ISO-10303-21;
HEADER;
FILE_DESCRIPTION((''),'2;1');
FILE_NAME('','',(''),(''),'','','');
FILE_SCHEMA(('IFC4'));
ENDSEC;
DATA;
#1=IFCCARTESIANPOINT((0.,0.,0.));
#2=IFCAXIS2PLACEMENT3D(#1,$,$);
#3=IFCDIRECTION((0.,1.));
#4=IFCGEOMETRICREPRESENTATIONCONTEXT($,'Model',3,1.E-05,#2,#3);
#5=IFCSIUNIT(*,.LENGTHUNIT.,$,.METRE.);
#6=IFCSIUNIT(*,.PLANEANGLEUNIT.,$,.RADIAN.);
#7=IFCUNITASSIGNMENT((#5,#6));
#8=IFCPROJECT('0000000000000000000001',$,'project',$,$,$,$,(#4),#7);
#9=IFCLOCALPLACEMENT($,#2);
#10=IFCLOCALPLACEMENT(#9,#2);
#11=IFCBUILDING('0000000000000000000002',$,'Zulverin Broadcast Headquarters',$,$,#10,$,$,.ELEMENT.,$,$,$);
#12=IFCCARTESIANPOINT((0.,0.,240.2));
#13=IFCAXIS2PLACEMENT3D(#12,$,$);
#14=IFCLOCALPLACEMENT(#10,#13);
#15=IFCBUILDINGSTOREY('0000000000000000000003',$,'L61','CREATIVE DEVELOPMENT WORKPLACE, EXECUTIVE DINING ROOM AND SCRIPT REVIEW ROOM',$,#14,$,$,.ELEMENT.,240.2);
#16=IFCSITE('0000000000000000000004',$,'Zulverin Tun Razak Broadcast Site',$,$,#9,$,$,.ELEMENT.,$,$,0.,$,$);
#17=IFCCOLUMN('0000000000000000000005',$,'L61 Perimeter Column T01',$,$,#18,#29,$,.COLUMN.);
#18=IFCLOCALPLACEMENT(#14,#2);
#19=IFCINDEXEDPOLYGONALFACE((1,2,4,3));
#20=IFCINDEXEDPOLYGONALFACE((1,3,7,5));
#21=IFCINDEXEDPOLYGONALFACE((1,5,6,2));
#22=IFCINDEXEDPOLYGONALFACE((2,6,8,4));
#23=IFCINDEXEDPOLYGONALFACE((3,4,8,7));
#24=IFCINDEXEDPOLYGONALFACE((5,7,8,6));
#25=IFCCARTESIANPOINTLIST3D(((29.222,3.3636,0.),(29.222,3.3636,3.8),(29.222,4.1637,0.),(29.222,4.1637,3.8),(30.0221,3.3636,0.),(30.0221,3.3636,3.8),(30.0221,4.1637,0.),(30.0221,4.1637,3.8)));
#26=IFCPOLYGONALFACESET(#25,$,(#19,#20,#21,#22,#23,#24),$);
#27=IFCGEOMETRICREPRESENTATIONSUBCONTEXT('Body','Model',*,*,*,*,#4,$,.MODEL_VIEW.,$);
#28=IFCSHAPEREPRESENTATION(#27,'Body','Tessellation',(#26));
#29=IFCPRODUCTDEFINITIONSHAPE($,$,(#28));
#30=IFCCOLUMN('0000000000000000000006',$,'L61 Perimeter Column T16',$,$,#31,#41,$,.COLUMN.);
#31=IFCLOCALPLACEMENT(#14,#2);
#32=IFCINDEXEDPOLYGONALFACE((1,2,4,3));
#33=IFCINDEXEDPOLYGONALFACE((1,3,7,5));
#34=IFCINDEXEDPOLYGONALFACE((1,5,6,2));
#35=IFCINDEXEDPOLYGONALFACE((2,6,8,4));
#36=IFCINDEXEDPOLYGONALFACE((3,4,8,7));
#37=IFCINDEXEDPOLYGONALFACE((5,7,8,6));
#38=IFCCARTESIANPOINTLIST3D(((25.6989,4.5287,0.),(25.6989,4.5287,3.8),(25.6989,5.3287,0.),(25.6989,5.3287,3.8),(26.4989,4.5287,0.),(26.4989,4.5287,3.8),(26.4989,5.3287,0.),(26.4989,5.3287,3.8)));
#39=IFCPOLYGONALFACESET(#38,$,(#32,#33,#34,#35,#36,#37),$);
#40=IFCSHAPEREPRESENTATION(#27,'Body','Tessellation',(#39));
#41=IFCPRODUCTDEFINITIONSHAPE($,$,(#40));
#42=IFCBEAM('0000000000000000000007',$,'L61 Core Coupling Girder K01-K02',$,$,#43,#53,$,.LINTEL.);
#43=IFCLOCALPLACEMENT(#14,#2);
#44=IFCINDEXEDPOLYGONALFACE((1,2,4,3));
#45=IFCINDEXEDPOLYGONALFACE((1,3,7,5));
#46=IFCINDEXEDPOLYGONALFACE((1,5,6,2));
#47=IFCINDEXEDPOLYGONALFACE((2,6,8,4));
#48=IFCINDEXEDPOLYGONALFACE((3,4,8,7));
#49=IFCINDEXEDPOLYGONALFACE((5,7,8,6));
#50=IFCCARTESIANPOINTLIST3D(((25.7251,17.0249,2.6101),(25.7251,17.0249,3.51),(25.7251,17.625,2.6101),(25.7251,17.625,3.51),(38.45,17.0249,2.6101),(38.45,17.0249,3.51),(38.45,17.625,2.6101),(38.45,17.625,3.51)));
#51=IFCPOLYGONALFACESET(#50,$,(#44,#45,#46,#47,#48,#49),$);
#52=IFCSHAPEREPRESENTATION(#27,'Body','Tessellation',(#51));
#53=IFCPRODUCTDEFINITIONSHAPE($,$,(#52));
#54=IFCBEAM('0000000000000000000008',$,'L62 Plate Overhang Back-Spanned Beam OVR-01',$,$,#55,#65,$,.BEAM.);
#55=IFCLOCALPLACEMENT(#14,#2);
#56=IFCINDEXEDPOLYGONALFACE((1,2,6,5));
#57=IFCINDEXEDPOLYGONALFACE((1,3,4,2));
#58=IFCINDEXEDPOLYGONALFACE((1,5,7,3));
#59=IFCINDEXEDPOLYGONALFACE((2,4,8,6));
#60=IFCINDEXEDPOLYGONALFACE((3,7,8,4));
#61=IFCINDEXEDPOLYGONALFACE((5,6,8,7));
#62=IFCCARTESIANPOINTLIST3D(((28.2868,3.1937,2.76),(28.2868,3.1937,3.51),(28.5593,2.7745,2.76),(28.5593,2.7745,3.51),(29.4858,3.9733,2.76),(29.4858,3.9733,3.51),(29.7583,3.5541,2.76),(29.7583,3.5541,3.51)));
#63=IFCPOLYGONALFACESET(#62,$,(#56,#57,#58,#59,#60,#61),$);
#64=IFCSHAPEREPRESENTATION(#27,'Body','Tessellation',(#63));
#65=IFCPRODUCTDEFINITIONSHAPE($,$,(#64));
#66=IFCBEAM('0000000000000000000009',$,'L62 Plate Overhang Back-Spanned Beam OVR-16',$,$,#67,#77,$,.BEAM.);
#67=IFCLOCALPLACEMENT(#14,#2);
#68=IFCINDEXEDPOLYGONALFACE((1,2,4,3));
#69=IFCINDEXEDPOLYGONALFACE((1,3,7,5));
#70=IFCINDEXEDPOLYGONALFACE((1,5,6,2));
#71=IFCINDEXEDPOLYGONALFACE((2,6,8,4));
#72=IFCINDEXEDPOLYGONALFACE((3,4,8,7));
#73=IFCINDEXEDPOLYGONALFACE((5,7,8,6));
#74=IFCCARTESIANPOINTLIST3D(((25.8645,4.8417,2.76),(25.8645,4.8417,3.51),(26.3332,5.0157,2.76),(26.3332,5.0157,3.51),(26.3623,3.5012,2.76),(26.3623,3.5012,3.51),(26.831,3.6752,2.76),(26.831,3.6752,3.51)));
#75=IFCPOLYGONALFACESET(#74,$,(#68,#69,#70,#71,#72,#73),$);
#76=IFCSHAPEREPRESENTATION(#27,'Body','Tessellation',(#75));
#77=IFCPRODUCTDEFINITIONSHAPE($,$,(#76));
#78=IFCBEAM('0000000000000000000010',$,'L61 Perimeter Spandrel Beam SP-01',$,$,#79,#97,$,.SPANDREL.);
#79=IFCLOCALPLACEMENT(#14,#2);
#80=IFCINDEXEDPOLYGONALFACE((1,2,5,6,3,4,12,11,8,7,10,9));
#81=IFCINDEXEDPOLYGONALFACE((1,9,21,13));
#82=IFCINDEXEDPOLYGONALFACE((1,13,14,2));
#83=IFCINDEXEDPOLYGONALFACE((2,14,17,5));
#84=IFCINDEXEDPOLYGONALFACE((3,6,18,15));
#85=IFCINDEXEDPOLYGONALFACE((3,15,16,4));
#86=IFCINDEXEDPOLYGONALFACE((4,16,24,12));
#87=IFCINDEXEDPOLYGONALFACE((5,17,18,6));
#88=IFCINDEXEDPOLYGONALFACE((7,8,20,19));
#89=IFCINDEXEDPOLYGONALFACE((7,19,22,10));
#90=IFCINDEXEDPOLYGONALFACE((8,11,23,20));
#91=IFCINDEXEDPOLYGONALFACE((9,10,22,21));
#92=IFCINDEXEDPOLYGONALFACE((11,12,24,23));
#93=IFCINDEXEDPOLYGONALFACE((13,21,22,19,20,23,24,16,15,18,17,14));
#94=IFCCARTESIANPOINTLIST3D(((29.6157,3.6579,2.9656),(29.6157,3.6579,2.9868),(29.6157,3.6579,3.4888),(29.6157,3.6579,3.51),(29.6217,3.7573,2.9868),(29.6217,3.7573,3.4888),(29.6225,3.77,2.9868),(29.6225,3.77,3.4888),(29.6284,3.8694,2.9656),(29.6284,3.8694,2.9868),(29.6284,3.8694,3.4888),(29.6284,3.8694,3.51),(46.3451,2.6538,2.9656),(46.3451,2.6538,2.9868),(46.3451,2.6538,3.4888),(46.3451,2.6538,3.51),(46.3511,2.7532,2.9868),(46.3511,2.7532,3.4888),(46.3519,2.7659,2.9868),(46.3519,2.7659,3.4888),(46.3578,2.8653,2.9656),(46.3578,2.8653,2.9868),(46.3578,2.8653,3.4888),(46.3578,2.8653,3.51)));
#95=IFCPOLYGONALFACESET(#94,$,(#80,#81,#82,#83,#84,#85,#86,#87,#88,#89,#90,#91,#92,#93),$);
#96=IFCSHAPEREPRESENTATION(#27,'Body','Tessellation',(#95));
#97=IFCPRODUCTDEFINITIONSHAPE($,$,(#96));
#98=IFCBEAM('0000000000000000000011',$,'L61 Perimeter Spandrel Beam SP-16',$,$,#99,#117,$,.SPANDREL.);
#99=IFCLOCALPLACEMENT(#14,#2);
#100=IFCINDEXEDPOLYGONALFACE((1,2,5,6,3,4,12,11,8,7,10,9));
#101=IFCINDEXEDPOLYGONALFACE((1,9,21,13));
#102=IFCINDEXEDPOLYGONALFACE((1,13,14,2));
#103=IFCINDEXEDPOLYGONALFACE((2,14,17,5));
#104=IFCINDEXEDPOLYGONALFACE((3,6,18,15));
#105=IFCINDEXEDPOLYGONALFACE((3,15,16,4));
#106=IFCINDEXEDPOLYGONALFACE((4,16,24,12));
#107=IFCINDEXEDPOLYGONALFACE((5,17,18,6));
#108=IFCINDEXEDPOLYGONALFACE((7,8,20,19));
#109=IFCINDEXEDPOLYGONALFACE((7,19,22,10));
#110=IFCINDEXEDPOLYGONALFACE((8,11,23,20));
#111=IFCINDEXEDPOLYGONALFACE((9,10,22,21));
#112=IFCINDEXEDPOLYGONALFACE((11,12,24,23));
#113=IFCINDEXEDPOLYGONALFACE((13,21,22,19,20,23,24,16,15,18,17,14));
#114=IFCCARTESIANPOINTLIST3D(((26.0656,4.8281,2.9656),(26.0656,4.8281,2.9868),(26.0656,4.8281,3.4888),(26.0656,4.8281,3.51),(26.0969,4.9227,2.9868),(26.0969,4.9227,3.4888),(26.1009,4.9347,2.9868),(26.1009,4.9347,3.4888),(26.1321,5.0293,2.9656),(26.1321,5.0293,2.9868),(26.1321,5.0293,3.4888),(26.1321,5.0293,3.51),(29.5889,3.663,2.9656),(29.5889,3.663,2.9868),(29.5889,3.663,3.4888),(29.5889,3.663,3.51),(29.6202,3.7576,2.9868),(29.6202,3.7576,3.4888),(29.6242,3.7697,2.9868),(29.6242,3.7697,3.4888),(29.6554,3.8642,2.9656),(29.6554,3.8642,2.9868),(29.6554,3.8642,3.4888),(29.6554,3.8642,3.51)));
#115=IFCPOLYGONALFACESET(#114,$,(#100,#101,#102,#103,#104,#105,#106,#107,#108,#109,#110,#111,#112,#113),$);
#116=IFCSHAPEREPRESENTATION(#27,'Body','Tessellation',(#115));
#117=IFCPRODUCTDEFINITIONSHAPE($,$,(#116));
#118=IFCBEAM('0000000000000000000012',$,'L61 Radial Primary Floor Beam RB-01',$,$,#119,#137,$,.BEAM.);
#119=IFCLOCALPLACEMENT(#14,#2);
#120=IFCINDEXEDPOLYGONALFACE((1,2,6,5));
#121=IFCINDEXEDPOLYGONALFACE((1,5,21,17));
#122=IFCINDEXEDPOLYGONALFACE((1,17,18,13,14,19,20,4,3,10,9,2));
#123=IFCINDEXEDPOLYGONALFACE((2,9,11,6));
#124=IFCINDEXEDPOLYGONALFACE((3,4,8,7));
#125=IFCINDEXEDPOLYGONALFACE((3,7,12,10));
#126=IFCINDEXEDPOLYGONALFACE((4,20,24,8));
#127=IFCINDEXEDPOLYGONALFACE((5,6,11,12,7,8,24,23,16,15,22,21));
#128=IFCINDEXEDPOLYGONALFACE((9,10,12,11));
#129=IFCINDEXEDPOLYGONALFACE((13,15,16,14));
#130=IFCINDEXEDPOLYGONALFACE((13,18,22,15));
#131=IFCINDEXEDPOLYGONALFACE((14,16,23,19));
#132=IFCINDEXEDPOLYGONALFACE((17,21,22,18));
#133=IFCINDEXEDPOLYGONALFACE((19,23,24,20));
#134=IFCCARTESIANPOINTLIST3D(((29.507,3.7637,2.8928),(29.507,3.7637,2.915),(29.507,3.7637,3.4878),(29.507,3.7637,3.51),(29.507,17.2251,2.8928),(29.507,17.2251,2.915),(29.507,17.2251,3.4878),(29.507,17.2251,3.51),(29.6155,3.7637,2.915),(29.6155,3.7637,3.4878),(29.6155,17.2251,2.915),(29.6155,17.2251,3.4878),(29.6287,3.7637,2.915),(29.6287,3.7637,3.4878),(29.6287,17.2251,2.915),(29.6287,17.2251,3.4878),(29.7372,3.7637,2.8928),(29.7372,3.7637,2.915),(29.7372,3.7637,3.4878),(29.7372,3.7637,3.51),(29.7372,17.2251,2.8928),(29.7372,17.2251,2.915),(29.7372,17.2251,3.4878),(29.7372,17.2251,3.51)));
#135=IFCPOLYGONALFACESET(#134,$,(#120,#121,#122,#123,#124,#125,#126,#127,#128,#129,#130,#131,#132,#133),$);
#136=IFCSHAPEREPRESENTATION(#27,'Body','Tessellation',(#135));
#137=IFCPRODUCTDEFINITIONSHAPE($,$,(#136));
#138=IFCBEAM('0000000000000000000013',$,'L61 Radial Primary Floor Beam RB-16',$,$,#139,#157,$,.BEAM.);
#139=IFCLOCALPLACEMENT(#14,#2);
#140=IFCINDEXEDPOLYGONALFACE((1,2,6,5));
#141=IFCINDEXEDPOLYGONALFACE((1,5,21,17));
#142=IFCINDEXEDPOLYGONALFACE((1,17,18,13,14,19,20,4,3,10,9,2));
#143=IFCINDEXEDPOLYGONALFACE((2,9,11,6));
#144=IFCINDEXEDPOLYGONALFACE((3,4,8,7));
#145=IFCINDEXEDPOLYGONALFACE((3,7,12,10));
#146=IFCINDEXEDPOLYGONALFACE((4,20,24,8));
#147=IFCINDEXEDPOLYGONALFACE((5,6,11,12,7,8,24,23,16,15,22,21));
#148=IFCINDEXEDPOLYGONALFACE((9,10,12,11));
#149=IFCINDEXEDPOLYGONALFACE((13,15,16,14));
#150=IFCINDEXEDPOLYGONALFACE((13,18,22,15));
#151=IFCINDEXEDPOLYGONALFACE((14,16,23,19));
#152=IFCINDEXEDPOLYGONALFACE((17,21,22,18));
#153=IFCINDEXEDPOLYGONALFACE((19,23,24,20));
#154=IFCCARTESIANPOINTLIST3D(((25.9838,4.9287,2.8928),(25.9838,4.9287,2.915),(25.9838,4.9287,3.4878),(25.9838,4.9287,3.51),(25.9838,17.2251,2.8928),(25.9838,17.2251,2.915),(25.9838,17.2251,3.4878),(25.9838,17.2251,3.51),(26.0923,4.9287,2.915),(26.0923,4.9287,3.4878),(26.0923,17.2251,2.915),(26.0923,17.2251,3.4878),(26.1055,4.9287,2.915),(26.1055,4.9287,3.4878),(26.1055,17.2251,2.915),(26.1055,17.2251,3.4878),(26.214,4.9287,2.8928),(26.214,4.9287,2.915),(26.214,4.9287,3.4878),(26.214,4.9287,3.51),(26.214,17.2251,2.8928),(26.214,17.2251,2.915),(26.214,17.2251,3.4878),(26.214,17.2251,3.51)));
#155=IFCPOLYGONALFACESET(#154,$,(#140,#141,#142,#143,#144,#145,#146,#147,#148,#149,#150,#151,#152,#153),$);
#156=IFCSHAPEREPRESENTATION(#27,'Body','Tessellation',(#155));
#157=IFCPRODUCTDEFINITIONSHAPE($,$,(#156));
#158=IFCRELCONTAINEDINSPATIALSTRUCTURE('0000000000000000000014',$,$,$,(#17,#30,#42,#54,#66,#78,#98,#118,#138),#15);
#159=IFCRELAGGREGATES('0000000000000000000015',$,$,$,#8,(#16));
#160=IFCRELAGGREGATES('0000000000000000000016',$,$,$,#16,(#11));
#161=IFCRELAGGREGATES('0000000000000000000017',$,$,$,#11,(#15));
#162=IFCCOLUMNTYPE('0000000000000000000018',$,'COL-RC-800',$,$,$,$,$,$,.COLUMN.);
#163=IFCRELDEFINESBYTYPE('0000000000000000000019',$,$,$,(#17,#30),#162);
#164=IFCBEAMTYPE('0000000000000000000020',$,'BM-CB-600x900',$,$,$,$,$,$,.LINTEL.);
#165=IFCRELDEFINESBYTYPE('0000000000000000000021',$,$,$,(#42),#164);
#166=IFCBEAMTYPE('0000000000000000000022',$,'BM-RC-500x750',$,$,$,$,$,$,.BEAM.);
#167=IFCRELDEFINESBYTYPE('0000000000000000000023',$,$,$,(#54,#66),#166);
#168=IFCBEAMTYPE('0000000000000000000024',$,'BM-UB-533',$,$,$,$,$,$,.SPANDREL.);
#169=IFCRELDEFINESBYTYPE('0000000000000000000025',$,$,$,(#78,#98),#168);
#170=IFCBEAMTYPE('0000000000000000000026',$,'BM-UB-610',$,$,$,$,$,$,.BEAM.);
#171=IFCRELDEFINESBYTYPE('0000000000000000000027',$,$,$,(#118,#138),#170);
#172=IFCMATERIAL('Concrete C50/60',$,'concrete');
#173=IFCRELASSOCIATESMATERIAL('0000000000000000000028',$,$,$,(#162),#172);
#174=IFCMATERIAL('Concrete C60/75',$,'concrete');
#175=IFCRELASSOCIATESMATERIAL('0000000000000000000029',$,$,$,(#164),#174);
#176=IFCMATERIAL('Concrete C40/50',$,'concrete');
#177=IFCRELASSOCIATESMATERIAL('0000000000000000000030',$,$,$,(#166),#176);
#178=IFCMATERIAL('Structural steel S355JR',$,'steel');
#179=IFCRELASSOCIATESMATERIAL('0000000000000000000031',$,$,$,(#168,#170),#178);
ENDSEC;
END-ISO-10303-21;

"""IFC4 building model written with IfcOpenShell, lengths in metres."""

from ifc_helpers import new_model, si_unit, direction, frame, origin, origin_2d, place, context, subcontext, project, spatial, rectangle, i_section, extrude, material, material_profile, profile_set, type_object, element, save


model = new_model("IFC4")

# Units and contexts
model_context = context("Model", 3, precision=1e-05, world=origin(), true_north=direction((0.0, 1.0)))
body_context = subcontext(model_context, "Body", "Model", "MODEL_VIEW")
ifc_project = project(units=[si_unit("LENGTHUNIT", "METRE"), si_unit("PLANEANGLEUNIT", "RADIAN")], contexts=[model_context])

# Site, building, storey
site_placement = place(None, origin())
site = spatial("IfcSite", under=ifc_project, at=site_placement, Name="Zulverin Tun Razak Broadcast Site", CompositionType="ELEMENT", RefElevation=0.0)
building_placement = place(site_placement, origin())
building = spatial("IfcBuilding", under=site, at=building_placement, Name="Zulverin Broadcast Headquarters", CompositionType="ELEMENT")
storey_placement = place(building_placement, frame((0.0, 0.0, 240.2)))
storey = spatial("IfcBuildingStorey", under=building, at=storey_placement, Name="L61", Description="CREATIVE DEVELOPMENT WORKPLACE, EXECUTIVE DINING ROOM AND SCRIPT REVIEW ROOM", CompositionType="ELEMENT", Elevation=240.2)

# Columns
ifc_material_1 = material(Name="Concrete C50/60", Category="concrete")
ifc_material_profile_1 = material_profile(ifc_material_1, rectangle(XDim=0.8, YDim=0.8, at=origin_2d()), Name="Concrete C50/60", Category="concrete")
ifc_profile_set_1 = profile_set([ifc_material_profile_1], Name="Concrete C50/60")
column_type = type_object("IfcColumnType", Name="COL-RC-800", PredefinedType="COLUMN", material=ifc_profile_set_1)
for number, where, z_axis, x_axis, name in (
    (1, (29.6221, 3.7637, 0.0), (0.0, 0.0, 1.0), (1.0, 0.0, 0.0), "L61 Perimeter Column T01"),
    (2, (26.0989, 4.9287, 0.0), (0.0, 0.0, 1.0), (1.0, 0.0, 0.0), "L61 Perimeter Column T16"),
):
    element("IfcColumn", number, at=place(storey_placement, frame(where, z_axis=z_axis, x_axis=x_axis)), inside=storey, type_object=column_type, Name=name, PredefinedType="COLUMN", context=body_context, shape_type="SweptSolid", body=[
        extrude(rectangle(XDim=0.8, YDim=0.8, at=origin_2d()), origin(), (0.0, 0.0, 1.0), 3.8),
    ])

# Beams
ifc_material_2 = material(Name="Concrete C60/75", Category="concrete")
ifc_material_profile_2 = material_profile(ifc_material_2, rectangle(XDim=0.6001, YDim=0.8999, at=origin_2d()), Name="Concrete C60/75", Category="concrete")
ifc_profile_set_2 = profile_set([ifc_material_profile_2], Name="Concrete C60/75")
beam_type_1 = type_object("IfcBeamType", Name="BM-CB-600x900", PredefinedType="LINTEL", material=ifc_profile_set_2)
beam_1_placement = place(storey_placement, frame((25.7251, 17.325, 3.0601), z_axis=(1.0, 0.0, 0.0), x_axis=(0.0, 1.0, 0.0)))
element("IfcBeam", 3, at=beam_1_placement, inside=storey, type_object=beam_type_1, Name="L61 Core Coupling Girder K01-K02", PredefinedType="LINTEL", context=body_context, shape_type="SweptSolid", body=[
    extrude(rectangle(XDim=0.6001, YDim=0.8999, at=origin_2d()), origin(), (0.0, 0.0, 1.0), 12.7249),
])
ifc_material_3 = material(Name="Concrete C40/50", Category="concrete")
ifc_material_profile_3 = material_profile(ifc_material_3, rectangle(XDim=0.5, YDim=0.75, at=origin_2d()), Name="Concrete C40/50", Category="concrete")
ifc_profile_set_3 = profile_set([ifc_material_profile_3], Name="Concrete C40/50")
beam_type_2 = type_object("IfcBeamType", Name="BM-RC-500x750", PredefinedType="BEAM", material=ifc_profile_set_3)
beam_2_placement = place(storey_placement, frame((29.6221, 3.7637, 3.135), z_axis=(-0.838377, -0.54509, 0.0), x_axis=(0.54509, -0.838377, 0.0)))
element("IfcBeam", 4, at=beam_2_placement, inside=storey, type_object=beam_type_2, Name="L62 Plate Overhang Back-Spanned Beam OVR-01", PredefinedType="BEAM", context=body_context, shape_type="SweptSolid", body=[
    extrude(rectangle(XDim=0.5, YDim=0.75, at=origin_2d()), origin(), (0.0, 0.0, 1.0), 1.4302),
])
beam_3_placement = place(storey_placement, frame((26.0989, 4.9287, 3.135), z_axis=(0.348109, -0.937454, 0.0), x_axis=(0.937454, 0.348109, 0.0)))
element("IfcBeam", 5, at=beam_3_placement, inside=storey, type_object=beam_type_2, Name="L62 Plate Overhang Back-Spanned Beam OVR-16", PredefinedType="BEAM", context=body_context, shape_type="SweptSolid", body=[
    extrude(rectangle(XDim=0.5, YDim=0.75, at=origin_2d()), origin(), (0.0, 0.0, 1.0), 1.4299),
])
ifc_material_4 = material(Name="Structural steel S355JR", Category="steel")
ifc_material_profile_4 = material_profile(ifc_material_4, i_section(OverallWidth=0.2119, OverallDepth=0.5444, WebThickness=0.0127, FlangeThickness=0.0212, at=origin_2d()), Name="Structural steel S355JR", Category="steel")
ifc_profile_set_4 = profile_set([ifc_material_profile_4], Name="Structural steel S355JR")
beam_type_3 = type_object("IfcBeamType", Name="BM-UB-533", PredefinedType="SPANDREL", material=ifc_profile_set_4)
beam_4_placement = place(storey_placement, frame((29.6221, 3.7637, 3.2378), z_axis=(0.998203, -0.059915, 0.0), x_axis=(0.059915, 0.998203, 0.0)))
element("IfcBeam", 6, at=beam_4_placement, inside=storey, type_object=beam_type_3, Name="L61 Perimeter Spandrel Beam SP-01", PredefinedType="SPANDREL", context=body_context, shape_type="SweptSolid", body=[
    extrude(i_section(OverallWidth=0.2119, OverallDepth=0.5444, WebThickness=0.0127, FlangeThickness=0.0212, at=origin_2d()), origin(), (0.0, 0.0, 1.0), 16.7595),
])
beam_5_placement = place(storey_placement, frame((26.0989, 4.9287, 3.2378), z_axis=(0.949437, -0.313957, 0.0), x_axis=(0.313957, 0.949437, 0.0)))
element("IfcBeam", 7, at=beam_5_placement, inside=storey, type_object=beam_type_3, Name="L61 Perimeter Spandrel Beam SP-16", PredefinedType="SPANDREL", context=body_context, shape_type="SweptSolid", body=[
    extrude(i_section(OverallWidth=0.2119, OverallDepth=0.5444, WebThickness=0.0127, FlangeThickness=0.0212, at=origin_2d()), origin(), (0.0, 0.0, 1.0), 3.7109),
])
ifc_material_profile_5 = material_profile(ifc_material_4, i_section(OverallWidth=0.2302, OverallDepth=0.6172, WebThickness=0.0132, FlangeThickness=0.0222, at=origin_2d()), Name="Structural steel S355JR", Category="steel")
ifc_profile_set_5 = profile_set([ifc_material_profile_5], Name="Structural steel S355JR")
beam_type_4 = type_object("IfcBeamType", Name="BM-UB-610", PredefinedType="BEAM", material=ifc_profile_set_5)
beam_6_placement = place(storey_placement, frame((29.6221, 17.2251, 3.2014), z_axis=(0.0, -1.0, 0.0), x_axis=(1.0, 0.0, 0.0)))
element("IfcBeam", 8, at=beam_6_placement, inside=storey, type_object=beam_type_4, Name="L61 Radial Primary Floor Beam RB-01", PredefinedType="BEAM", context=body_context, shape_type="SweptSolid", body=[
    extrude(i_section(OverallWidth=0.2302, OverallDepth=0.6172, WebThickness=0.0132, FlangeThickness=0.0222, at=origin_2d()), origin(), (0.0, 0.0, 1.0), 13.4614),
])
beam_7_placement = place(storey_placement, frame((26.0989, 17.2251, 3.2014), z_axis=(0.0, -1.0, 0.0), x_axis=(1.0, 0.0, 0.0)))
element("IfcBeam", 9, at=beam_7_placement, inside=storey, type_object=beam_type_4, Name="L61 Radial Primary Floor Beam RB-16", PredefinedType="BEAM", context=body_context, shape_type="SweptSolid", body=[
    extrude(i_section(OverallWidth=0.2302, OverallDepth=0.6172, WebThickness=0.0132, FlangeThickness=0.0222, at=origin_2d()), origin(), (0.0, 0.0, 1.0), 12.2964),
])

save(model, "model.ifc")
